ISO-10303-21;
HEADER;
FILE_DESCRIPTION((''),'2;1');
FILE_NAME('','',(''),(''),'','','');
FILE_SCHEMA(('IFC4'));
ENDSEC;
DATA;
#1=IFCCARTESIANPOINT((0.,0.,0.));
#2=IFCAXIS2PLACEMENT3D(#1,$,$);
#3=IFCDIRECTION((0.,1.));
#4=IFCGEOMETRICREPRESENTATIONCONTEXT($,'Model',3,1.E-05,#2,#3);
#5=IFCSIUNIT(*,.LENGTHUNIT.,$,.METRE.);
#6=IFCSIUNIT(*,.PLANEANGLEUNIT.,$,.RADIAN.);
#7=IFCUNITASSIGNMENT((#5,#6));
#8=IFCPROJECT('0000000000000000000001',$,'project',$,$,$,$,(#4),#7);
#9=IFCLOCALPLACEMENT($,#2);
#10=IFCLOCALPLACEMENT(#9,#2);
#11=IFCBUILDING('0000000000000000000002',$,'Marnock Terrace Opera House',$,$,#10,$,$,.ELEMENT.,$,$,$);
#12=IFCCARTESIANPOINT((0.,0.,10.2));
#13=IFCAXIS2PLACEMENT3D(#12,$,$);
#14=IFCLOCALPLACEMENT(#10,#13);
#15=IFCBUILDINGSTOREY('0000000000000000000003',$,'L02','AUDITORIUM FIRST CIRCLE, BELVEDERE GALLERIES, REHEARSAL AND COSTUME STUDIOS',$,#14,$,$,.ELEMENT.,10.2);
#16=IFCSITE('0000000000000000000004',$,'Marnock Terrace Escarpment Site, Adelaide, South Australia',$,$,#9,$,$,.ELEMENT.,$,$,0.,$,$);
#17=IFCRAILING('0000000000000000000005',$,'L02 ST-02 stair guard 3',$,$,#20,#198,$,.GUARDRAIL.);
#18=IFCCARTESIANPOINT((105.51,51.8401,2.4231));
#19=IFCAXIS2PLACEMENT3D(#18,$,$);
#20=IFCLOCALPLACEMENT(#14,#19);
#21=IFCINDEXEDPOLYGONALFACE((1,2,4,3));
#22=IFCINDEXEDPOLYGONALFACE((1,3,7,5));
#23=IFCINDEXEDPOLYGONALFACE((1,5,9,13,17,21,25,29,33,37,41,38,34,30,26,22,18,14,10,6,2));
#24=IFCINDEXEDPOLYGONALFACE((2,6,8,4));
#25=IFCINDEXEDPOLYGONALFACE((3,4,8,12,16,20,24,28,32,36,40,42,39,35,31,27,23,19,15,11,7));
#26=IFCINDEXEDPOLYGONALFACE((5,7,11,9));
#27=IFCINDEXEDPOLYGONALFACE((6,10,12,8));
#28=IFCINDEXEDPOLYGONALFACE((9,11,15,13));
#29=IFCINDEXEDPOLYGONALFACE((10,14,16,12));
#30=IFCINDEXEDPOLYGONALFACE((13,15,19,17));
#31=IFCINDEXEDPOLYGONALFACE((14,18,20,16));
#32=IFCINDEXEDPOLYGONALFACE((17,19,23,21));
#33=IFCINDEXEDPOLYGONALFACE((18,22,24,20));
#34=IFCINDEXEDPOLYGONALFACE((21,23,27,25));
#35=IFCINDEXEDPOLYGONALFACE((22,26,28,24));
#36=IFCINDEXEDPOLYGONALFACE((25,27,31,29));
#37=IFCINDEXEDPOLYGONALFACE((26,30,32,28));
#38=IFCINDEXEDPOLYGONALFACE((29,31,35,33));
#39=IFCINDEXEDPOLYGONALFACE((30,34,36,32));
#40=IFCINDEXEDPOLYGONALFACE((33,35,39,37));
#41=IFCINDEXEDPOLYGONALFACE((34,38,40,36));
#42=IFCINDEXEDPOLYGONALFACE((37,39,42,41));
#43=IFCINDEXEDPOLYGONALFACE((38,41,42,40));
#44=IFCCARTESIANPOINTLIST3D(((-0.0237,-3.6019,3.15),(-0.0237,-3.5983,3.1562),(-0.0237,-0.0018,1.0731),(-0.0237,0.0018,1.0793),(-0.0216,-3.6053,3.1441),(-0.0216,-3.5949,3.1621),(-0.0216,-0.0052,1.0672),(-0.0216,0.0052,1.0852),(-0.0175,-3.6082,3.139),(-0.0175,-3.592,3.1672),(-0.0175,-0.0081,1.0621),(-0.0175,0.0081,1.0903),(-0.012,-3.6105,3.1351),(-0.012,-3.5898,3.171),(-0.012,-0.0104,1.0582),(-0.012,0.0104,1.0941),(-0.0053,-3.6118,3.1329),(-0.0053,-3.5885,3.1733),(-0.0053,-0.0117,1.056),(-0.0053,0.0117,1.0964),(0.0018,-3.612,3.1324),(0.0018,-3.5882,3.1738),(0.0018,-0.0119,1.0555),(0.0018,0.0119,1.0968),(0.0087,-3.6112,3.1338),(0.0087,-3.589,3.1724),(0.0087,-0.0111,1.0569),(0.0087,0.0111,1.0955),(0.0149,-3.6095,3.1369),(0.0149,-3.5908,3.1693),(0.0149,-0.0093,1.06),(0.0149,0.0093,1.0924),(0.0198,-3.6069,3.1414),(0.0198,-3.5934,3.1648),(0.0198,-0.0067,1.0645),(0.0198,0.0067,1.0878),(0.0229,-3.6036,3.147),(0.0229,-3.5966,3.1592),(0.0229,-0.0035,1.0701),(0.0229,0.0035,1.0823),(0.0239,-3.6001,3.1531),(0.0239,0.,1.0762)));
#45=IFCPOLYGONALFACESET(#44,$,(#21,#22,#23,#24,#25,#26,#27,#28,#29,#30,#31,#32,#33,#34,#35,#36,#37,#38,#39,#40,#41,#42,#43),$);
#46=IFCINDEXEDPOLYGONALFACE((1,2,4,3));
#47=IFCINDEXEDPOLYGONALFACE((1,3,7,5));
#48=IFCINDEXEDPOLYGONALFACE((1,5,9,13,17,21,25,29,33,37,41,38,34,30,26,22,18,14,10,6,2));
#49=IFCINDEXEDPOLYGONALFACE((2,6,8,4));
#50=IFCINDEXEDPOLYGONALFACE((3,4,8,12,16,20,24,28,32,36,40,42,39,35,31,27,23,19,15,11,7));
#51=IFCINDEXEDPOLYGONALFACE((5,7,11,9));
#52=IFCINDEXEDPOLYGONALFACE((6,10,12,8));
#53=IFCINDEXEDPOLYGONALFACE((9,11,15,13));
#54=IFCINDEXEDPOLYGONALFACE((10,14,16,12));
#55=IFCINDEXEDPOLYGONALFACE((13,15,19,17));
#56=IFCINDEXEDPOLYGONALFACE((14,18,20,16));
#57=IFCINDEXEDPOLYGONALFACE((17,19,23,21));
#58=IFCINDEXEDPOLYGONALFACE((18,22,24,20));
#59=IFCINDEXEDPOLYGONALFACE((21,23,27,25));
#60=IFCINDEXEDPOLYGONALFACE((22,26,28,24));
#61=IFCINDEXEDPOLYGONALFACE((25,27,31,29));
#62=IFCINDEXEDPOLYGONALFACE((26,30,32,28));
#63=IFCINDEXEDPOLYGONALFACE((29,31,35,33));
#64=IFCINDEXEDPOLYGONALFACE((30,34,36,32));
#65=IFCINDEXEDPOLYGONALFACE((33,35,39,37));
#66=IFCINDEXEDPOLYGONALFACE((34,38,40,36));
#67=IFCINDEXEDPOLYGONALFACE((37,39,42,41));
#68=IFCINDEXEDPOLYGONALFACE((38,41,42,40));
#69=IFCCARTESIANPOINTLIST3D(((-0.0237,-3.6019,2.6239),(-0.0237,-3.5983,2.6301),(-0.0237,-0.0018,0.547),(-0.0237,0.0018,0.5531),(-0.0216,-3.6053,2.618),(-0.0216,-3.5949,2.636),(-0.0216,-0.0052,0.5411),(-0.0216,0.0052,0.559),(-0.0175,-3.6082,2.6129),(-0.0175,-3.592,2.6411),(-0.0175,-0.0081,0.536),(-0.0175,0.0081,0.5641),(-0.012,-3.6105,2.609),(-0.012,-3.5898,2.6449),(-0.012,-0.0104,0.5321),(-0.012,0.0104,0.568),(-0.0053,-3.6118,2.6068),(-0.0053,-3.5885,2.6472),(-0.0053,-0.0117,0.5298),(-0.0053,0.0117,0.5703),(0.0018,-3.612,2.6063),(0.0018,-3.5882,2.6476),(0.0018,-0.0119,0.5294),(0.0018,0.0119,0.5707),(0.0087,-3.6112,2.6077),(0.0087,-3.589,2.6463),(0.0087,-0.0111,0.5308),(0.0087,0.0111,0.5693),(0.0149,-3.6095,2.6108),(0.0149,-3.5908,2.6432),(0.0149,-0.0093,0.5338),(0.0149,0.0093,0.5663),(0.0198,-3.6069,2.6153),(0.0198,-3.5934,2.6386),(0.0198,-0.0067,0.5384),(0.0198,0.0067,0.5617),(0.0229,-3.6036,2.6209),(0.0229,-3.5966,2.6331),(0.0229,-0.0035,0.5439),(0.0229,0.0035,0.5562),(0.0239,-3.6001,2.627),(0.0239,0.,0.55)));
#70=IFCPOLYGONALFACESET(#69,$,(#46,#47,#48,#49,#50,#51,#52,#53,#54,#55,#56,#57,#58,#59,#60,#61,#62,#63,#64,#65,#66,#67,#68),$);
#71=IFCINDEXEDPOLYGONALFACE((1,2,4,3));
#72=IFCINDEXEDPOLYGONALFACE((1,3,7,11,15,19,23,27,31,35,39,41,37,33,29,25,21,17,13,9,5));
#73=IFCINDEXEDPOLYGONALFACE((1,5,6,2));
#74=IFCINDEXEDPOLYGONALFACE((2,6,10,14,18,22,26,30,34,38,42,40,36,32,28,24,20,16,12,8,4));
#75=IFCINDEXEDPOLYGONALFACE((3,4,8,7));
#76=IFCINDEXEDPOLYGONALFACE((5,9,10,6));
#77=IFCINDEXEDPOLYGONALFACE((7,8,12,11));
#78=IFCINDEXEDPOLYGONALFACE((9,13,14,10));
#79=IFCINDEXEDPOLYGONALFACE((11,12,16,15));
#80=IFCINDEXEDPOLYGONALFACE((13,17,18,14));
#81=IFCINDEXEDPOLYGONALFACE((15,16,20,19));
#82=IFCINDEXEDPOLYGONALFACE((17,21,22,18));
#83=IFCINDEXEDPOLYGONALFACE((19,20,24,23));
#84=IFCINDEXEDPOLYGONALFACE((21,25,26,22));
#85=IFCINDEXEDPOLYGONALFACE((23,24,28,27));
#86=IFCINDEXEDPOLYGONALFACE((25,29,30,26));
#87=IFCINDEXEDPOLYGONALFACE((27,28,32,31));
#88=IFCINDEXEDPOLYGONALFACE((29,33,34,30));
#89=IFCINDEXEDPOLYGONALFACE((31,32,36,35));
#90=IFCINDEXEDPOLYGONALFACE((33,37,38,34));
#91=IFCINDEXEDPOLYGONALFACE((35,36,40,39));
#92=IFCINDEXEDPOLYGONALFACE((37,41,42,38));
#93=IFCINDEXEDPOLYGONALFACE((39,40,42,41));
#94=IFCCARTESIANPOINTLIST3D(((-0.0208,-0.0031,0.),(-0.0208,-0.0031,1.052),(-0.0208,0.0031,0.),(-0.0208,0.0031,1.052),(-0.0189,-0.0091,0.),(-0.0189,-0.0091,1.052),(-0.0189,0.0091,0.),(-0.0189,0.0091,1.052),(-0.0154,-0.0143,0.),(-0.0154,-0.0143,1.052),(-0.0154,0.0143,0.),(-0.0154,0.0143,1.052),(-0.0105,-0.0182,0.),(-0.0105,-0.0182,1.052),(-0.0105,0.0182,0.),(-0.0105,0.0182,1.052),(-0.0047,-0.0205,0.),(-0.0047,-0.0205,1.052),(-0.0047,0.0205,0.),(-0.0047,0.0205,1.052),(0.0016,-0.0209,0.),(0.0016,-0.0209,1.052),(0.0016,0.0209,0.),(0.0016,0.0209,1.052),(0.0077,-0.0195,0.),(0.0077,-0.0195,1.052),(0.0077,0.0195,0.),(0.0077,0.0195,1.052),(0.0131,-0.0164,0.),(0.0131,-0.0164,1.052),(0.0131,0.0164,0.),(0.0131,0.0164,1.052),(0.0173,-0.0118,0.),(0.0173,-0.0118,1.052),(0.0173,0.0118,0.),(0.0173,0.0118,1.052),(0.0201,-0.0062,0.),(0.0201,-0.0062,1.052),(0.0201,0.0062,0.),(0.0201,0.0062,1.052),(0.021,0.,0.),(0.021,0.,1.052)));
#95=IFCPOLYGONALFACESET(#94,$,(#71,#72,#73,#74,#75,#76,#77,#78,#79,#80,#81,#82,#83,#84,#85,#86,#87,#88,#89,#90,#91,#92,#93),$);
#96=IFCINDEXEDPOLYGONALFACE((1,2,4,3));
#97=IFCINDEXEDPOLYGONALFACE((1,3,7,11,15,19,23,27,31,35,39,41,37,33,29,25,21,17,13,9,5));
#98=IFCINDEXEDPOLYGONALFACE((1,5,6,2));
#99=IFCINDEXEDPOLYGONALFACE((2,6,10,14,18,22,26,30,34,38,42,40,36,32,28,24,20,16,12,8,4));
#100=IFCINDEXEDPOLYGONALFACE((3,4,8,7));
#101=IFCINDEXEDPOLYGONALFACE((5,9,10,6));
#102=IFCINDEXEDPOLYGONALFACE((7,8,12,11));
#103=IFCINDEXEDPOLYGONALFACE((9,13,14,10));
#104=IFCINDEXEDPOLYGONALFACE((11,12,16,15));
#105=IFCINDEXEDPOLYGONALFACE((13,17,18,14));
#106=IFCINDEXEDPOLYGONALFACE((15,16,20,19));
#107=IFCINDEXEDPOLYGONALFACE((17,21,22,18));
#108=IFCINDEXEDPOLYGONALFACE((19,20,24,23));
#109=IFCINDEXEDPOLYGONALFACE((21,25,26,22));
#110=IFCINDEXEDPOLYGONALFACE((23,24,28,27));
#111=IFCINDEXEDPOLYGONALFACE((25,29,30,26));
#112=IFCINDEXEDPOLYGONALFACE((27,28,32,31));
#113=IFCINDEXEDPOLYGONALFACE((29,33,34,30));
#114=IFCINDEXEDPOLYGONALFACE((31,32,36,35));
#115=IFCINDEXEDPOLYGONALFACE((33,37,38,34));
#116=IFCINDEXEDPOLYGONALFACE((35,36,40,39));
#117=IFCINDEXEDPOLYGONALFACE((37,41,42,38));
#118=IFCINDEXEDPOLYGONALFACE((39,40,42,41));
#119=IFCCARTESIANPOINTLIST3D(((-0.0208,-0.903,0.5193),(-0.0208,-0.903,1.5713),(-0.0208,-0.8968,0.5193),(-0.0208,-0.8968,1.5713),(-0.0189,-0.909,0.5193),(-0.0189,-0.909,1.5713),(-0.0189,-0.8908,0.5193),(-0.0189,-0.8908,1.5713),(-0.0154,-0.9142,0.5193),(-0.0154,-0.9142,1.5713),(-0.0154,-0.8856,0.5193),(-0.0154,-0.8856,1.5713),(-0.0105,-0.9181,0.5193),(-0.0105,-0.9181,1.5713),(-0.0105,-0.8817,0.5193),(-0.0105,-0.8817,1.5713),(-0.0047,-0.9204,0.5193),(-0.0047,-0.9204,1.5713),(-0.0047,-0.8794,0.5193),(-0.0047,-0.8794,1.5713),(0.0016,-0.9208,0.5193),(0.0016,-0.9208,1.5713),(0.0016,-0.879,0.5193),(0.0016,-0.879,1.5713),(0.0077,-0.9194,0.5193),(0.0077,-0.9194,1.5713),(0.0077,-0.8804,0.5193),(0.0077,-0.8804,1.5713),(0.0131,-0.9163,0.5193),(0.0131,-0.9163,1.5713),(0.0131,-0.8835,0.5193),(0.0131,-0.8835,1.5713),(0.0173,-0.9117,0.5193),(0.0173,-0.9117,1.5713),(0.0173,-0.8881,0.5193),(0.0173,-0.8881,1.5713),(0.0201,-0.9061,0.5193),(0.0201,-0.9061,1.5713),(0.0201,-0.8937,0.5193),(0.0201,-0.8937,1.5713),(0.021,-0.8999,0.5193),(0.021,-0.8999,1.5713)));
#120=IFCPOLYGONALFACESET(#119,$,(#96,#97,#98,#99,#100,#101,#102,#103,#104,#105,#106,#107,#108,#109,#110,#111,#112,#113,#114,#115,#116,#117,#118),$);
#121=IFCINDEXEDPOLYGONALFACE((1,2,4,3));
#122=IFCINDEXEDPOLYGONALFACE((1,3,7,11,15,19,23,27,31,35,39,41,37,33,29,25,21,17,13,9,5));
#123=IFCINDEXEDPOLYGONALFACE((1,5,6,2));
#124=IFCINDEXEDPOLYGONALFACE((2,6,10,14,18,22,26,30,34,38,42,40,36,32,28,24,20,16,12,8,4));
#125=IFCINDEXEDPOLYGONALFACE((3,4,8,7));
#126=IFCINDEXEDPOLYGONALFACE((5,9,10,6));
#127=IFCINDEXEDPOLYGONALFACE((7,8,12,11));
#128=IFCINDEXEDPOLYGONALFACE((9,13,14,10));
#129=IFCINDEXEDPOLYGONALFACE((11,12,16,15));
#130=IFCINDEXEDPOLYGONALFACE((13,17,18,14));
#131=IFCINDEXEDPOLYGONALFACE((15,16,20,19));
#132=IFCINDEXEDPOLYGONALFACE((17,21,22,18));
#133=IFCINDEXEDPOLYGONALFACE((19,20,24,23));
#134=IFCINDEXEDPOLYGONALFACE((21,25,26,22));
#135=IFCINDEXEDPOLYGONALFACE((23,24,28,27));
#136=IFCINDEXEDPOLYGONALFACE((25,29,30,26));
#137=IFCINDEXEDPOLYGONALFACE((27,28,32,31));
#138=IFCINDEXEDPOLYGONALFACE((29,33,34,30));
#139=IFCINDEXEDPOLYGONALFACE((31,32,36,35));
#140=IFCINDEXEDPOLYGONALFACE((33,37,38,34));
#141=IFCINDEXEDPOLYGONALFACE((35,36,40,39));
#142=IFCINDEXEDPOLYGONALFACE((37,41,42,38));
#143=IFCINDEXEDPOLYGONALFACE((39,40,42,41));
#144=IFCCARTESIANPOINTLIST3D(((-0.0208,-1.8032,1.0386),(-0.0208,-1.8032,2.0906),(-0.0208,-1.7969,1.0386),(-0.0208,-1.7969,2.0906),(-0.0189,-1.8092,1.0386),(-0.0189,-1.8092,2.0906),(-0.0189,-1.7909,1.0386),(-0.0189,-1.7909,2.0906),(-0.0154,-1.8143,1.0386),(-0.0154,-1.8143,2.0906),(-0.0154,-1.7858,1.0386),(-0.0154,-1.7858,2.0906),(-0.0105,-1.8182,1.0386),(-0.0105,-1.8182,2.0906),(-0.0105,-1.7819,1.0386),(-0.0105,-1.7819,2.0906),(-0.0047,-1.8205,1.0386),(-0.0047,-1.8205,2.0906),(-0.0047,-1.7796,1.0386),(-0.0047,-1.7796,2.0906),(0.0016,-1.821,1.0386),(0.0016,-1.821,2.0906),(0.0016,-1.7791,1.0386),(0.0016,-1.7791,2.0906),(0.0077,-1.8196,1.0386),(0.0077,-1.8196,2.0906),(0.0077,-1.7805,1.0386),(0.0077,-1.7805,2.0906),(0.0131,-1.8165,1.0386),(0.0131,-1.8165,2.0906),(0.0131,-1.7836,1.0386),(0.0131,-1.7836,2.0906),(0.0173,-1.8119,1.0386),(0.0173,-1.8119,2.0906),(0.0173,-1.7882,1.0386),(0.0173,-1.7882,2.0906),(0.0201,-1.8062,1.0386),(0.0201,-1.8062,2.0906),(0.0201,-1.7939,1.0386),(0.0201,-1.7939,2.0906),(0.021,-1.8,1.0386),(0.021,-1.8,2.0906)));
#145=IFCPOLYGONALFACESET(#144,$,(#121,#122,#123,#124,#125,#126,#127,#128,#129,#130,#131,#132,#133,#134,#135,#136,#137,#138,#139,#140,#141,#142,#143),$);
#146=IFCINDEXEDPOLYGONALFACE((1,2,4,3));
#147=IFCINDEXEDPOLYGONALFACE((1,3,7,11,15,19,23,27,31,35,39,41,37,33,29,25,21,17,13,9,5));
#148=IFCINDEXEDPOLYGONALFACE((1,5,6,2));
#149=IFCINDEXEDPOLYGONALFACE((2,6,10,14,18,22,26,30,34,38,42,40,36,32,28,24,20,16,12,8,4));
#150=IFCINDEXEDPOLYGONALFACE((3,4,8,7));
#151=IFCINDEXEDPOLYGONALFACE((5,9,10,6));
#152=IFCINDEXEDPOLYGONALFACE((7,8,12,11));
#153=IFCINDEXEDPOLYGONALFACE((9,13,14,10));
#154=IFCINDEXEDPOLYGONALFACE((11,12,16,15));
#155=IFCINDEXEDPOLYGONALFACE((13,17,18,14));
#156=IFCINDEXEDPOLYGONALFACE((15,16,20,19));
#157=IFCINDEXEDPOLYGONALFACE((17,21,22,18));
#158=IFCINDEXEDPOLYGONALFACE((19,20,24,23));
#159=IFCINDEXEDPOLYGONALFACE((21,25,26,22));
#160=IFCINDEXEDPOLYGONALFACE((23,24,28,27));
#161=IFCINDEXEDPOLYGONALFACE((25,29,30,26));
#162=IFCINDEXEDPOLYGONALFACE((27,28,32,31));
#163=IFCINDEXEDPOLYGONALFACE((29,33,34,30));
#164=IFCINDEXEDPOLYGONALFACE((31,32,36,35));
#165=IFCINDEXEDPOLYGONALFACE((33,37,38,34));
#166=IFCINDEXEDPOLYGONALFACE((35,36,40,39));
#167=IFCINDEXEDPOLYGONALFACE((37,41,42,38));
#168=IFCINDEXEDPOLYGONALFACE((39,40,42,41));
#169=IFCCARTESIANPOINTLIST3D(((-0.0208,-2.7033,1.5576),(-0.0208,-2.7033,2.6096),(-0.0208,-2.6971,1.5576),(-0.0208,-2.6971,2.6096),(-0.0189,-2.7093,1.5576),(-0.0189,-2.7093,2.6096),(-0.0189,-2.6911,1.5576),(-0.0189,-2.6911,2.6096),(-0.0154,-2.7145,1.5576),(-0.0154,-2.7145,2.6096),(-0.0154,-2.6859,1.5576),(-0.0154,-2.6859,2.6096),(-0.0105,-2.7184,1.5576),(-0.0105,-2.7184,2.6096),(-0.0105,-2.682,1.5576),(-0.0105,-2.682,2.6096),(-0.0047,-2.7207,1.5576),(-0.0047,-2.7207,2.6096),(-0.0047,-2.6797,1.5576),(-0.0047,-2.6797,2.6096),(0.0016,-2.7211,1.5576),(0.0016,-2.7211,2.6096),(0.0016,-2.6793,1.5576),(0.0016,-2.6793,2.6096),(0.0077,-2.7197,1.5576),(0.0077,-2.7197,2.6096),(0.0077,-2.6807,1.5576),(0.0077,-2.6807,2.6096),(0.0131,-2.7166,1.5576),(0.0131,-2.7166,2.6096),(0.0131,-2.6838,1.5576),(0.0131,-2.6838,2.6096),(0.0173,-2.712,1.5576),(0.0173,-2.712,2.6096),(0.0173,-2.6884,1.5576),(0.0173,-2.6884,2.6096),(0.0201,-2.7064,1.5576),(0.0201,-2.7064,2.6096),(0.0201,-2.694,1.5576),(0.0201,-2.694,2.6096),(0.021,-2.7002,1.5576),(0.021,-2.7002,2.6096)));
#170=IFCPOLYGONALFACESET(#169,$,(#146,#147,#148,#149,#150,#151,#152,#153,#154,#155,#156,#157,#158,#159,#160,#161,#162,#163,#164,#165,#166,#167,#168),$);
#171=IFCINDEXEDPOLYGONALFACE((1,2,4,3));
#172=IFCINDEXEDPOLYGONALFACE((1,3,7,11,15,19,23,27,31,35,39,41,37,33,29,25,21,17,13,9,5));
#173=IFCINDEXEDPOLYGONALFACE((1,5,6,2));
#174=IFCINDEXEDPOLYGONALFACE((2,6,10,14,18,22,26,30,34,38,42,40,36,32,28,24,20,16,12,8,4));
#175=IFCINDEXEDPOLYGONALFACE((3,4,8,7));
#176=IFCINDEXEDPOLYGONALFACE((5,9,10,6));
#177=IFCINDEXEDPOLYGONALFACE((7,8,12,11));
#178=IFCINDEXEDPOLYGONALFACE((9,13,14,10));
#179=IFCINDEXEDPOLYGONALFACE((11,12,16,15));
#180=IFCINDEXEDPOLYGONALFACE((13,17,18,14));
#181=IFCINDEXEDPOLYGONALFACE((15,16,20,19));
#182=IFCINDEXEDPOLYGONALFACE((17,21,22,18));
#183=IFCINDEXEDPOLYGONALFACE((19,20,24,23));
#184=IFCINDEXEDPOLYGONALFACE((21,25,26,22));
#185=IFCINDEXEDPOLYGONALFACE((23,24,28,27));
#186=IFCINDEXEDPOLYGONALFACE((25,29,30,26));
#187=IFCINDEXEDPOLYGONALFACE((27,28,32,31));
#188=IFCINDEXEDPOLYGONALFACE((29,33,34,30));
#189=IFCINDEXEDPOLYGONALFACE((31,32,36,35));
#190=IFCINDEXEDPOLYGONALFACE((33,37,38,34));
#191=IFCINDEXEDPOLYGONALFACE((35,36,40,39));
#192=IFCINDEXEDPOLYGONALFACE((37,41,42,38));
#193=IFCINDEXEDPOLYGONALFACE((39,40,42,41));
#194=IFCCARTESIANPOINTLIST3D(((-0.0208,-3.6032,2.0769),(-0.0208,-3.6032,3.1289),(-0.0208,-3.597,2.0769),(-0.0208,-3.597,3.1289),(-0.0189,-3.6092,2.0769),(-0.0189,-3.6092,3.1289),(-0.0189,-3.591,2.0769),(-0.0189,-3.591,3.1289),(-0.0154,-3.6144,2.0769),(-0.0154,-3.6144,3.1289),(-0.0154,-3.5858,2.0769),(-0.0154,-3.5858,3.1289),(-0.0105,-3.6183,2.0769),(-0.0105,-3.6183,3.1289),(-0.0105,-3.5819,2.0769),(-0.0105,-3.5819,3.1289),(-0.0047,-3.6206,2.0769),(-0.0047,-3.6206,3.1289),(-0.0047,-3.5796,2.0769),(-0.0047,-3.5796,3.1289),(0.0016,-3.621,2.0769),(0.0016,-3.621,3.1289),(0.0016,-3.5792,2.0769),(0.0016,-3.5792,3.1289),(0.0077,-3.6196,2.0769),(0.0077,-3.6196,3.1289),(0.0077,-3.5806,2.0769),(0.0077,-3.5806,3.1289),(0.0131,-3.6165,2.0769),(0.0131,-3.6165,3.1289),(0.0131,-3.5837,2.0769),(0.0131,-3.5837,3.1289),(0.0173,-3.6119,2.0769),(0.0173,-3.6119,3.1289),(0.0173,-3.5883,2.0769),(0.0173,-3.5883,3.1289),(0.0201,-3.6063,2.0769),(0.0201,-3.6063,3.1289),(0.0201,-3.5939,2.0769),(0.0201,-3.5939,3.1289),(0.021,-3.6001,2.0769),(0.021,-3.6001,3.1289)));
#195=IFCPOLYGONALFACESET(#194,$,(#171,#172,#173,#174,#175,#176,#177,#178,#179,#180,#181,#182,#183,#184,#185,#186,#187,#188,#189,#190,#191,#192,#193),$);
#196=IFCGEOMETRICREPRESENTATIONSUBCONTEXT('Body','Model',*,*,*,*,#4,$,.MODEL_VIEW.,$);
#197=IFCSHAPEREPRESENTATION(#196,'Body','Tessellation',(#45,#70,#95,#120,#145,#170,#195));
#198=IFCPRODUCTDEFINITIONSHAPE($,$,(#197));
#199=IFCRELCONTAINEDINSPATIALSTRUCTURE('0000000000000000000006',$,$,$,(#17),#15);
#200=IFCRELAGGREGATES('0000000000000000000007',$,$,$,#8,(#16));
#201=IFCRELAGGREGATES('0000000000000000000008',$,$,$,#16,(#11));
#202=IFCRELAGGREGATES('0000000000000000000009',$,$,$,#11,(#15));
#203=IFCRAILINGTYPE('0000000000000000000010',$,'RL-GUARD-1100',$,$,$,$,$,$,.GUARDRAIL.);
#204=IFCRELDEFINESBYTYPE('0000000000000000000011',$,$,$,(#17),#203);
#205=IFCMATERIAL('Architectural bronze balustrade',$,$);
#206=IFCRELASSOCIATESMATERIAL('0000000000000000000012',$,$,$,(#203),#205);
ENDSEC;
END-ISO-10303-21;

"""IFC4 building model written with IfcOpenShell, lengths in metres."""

from ifc_helpers import new_model, si_unit, direction, frame, origin, origin_2d, place, context, subcontext, project, spatial, circle, extrude, material, type_object, element, save


model = new_model("IFC4")

# Units and contexts
model_context = context("Model", 3, precision=1e-05, world=origin(), true_north=direction((0.0, 1.0)))
body_context = subcontext(model_context, "Body", "Model", "MODEL_VIEW")
ifc_project = project(units=[si_unit("LENGTHUNIT", "METRE"), si_unit("PLANEANGLEUNIT", "RADIAN")], contexts=[model_context])

# Site, building, storey
site_placement = place(None, origin())
site = spatial("IfcSite", under=ifc_project, at=site_placement, Name="Marnock Terrace Escarpment Site, Adelaide, South Australia", CompositionType="ELEMENT", RefElevation=0.0)
building_placement = place(site_placement, origin())
building = spatial("IfcBuilding", under=site, at=building_placement, Name="Marnock Terrace Opera House", CompositionType="ELEMENT")
storey_placement = place(building_placement, frame((0.0, 0.0, 10.2)))
storey = spatial("IfcBuildingStorey", under=building, at=storey_placement, Name="L02", Description="AUDITORIUM FIRST CIRCLE, BELVEDERE GALLERIES, REHEARSAL AND COSTUME STUDIOS", CompositionType="ELEMENT", Elevation=10.2)

# Railing
ifc_material_1 = material(Name="Architectural bronze balustrade")
railing_type_1 = type_object("IfcRailingType", Name="RL-GUARD-1100", PredefinedType="GUARDRAIL", material=ifc_material_1)
railing_1_placement = place(storey_placement, frame((105.51, 51.8401, 2.4231)))
element("IfcRailing", 1, at=railing_1_placement, inside=storey, type_object=railing_type_1, Name="L02 ST-02 stair guard 3", PredefinedType="GUARDRAIL", context=body_context, shape_type="SweptSolid", body=[
    extrude(circle(Radius=0.0239, at=origin_2d()), frame((0.0, 0.0, 1.0762), z_axis=(0.0, -0.866193, 0.499709), x_axis=(1.0, 0.0, 0.0)), (0.0, 0.0, 1.0), 4.1562),
    extrude(circle(Radius=0.0239, at=origin_2d()), frame((0.0, 0.0, 0.55), z_axis=(0.0, -0.866193, 0.499709), x_axis=(1.0, 0.0, 0.0)), (0.0, 0.0, 1.0), 4.1562),
    extrude(circle(Radius=0.021, at=origin_2d()), origin(), (0.0, 0.0, 1.0), 1.052),
    extrude(circle(Radius=0.021, at=origin_2d()), frame((0.0, -0.8999, 0.5193)), (0.0, 0.0, 1.0), 1.052),
    extrude(circle(Radius=0.021, at=origin_2d()), frame((0.0, -1.8, 1.0386)), (0.0, 0.0, 1.0), 1.052),
    extrude(circle(Radius=0.021, at=origin_2d()), frame((0.0, -2.7002, 1.5576)), (0.0, 0.0, 1.0), 1.052),
    extrude(circle(Radius=0.021, at=origin_2d()), frame((0.0, -3.6001, 2.0769)), (0.0, 0.0, 1.0), 1.052),
])

save(model, "model.ifc")
